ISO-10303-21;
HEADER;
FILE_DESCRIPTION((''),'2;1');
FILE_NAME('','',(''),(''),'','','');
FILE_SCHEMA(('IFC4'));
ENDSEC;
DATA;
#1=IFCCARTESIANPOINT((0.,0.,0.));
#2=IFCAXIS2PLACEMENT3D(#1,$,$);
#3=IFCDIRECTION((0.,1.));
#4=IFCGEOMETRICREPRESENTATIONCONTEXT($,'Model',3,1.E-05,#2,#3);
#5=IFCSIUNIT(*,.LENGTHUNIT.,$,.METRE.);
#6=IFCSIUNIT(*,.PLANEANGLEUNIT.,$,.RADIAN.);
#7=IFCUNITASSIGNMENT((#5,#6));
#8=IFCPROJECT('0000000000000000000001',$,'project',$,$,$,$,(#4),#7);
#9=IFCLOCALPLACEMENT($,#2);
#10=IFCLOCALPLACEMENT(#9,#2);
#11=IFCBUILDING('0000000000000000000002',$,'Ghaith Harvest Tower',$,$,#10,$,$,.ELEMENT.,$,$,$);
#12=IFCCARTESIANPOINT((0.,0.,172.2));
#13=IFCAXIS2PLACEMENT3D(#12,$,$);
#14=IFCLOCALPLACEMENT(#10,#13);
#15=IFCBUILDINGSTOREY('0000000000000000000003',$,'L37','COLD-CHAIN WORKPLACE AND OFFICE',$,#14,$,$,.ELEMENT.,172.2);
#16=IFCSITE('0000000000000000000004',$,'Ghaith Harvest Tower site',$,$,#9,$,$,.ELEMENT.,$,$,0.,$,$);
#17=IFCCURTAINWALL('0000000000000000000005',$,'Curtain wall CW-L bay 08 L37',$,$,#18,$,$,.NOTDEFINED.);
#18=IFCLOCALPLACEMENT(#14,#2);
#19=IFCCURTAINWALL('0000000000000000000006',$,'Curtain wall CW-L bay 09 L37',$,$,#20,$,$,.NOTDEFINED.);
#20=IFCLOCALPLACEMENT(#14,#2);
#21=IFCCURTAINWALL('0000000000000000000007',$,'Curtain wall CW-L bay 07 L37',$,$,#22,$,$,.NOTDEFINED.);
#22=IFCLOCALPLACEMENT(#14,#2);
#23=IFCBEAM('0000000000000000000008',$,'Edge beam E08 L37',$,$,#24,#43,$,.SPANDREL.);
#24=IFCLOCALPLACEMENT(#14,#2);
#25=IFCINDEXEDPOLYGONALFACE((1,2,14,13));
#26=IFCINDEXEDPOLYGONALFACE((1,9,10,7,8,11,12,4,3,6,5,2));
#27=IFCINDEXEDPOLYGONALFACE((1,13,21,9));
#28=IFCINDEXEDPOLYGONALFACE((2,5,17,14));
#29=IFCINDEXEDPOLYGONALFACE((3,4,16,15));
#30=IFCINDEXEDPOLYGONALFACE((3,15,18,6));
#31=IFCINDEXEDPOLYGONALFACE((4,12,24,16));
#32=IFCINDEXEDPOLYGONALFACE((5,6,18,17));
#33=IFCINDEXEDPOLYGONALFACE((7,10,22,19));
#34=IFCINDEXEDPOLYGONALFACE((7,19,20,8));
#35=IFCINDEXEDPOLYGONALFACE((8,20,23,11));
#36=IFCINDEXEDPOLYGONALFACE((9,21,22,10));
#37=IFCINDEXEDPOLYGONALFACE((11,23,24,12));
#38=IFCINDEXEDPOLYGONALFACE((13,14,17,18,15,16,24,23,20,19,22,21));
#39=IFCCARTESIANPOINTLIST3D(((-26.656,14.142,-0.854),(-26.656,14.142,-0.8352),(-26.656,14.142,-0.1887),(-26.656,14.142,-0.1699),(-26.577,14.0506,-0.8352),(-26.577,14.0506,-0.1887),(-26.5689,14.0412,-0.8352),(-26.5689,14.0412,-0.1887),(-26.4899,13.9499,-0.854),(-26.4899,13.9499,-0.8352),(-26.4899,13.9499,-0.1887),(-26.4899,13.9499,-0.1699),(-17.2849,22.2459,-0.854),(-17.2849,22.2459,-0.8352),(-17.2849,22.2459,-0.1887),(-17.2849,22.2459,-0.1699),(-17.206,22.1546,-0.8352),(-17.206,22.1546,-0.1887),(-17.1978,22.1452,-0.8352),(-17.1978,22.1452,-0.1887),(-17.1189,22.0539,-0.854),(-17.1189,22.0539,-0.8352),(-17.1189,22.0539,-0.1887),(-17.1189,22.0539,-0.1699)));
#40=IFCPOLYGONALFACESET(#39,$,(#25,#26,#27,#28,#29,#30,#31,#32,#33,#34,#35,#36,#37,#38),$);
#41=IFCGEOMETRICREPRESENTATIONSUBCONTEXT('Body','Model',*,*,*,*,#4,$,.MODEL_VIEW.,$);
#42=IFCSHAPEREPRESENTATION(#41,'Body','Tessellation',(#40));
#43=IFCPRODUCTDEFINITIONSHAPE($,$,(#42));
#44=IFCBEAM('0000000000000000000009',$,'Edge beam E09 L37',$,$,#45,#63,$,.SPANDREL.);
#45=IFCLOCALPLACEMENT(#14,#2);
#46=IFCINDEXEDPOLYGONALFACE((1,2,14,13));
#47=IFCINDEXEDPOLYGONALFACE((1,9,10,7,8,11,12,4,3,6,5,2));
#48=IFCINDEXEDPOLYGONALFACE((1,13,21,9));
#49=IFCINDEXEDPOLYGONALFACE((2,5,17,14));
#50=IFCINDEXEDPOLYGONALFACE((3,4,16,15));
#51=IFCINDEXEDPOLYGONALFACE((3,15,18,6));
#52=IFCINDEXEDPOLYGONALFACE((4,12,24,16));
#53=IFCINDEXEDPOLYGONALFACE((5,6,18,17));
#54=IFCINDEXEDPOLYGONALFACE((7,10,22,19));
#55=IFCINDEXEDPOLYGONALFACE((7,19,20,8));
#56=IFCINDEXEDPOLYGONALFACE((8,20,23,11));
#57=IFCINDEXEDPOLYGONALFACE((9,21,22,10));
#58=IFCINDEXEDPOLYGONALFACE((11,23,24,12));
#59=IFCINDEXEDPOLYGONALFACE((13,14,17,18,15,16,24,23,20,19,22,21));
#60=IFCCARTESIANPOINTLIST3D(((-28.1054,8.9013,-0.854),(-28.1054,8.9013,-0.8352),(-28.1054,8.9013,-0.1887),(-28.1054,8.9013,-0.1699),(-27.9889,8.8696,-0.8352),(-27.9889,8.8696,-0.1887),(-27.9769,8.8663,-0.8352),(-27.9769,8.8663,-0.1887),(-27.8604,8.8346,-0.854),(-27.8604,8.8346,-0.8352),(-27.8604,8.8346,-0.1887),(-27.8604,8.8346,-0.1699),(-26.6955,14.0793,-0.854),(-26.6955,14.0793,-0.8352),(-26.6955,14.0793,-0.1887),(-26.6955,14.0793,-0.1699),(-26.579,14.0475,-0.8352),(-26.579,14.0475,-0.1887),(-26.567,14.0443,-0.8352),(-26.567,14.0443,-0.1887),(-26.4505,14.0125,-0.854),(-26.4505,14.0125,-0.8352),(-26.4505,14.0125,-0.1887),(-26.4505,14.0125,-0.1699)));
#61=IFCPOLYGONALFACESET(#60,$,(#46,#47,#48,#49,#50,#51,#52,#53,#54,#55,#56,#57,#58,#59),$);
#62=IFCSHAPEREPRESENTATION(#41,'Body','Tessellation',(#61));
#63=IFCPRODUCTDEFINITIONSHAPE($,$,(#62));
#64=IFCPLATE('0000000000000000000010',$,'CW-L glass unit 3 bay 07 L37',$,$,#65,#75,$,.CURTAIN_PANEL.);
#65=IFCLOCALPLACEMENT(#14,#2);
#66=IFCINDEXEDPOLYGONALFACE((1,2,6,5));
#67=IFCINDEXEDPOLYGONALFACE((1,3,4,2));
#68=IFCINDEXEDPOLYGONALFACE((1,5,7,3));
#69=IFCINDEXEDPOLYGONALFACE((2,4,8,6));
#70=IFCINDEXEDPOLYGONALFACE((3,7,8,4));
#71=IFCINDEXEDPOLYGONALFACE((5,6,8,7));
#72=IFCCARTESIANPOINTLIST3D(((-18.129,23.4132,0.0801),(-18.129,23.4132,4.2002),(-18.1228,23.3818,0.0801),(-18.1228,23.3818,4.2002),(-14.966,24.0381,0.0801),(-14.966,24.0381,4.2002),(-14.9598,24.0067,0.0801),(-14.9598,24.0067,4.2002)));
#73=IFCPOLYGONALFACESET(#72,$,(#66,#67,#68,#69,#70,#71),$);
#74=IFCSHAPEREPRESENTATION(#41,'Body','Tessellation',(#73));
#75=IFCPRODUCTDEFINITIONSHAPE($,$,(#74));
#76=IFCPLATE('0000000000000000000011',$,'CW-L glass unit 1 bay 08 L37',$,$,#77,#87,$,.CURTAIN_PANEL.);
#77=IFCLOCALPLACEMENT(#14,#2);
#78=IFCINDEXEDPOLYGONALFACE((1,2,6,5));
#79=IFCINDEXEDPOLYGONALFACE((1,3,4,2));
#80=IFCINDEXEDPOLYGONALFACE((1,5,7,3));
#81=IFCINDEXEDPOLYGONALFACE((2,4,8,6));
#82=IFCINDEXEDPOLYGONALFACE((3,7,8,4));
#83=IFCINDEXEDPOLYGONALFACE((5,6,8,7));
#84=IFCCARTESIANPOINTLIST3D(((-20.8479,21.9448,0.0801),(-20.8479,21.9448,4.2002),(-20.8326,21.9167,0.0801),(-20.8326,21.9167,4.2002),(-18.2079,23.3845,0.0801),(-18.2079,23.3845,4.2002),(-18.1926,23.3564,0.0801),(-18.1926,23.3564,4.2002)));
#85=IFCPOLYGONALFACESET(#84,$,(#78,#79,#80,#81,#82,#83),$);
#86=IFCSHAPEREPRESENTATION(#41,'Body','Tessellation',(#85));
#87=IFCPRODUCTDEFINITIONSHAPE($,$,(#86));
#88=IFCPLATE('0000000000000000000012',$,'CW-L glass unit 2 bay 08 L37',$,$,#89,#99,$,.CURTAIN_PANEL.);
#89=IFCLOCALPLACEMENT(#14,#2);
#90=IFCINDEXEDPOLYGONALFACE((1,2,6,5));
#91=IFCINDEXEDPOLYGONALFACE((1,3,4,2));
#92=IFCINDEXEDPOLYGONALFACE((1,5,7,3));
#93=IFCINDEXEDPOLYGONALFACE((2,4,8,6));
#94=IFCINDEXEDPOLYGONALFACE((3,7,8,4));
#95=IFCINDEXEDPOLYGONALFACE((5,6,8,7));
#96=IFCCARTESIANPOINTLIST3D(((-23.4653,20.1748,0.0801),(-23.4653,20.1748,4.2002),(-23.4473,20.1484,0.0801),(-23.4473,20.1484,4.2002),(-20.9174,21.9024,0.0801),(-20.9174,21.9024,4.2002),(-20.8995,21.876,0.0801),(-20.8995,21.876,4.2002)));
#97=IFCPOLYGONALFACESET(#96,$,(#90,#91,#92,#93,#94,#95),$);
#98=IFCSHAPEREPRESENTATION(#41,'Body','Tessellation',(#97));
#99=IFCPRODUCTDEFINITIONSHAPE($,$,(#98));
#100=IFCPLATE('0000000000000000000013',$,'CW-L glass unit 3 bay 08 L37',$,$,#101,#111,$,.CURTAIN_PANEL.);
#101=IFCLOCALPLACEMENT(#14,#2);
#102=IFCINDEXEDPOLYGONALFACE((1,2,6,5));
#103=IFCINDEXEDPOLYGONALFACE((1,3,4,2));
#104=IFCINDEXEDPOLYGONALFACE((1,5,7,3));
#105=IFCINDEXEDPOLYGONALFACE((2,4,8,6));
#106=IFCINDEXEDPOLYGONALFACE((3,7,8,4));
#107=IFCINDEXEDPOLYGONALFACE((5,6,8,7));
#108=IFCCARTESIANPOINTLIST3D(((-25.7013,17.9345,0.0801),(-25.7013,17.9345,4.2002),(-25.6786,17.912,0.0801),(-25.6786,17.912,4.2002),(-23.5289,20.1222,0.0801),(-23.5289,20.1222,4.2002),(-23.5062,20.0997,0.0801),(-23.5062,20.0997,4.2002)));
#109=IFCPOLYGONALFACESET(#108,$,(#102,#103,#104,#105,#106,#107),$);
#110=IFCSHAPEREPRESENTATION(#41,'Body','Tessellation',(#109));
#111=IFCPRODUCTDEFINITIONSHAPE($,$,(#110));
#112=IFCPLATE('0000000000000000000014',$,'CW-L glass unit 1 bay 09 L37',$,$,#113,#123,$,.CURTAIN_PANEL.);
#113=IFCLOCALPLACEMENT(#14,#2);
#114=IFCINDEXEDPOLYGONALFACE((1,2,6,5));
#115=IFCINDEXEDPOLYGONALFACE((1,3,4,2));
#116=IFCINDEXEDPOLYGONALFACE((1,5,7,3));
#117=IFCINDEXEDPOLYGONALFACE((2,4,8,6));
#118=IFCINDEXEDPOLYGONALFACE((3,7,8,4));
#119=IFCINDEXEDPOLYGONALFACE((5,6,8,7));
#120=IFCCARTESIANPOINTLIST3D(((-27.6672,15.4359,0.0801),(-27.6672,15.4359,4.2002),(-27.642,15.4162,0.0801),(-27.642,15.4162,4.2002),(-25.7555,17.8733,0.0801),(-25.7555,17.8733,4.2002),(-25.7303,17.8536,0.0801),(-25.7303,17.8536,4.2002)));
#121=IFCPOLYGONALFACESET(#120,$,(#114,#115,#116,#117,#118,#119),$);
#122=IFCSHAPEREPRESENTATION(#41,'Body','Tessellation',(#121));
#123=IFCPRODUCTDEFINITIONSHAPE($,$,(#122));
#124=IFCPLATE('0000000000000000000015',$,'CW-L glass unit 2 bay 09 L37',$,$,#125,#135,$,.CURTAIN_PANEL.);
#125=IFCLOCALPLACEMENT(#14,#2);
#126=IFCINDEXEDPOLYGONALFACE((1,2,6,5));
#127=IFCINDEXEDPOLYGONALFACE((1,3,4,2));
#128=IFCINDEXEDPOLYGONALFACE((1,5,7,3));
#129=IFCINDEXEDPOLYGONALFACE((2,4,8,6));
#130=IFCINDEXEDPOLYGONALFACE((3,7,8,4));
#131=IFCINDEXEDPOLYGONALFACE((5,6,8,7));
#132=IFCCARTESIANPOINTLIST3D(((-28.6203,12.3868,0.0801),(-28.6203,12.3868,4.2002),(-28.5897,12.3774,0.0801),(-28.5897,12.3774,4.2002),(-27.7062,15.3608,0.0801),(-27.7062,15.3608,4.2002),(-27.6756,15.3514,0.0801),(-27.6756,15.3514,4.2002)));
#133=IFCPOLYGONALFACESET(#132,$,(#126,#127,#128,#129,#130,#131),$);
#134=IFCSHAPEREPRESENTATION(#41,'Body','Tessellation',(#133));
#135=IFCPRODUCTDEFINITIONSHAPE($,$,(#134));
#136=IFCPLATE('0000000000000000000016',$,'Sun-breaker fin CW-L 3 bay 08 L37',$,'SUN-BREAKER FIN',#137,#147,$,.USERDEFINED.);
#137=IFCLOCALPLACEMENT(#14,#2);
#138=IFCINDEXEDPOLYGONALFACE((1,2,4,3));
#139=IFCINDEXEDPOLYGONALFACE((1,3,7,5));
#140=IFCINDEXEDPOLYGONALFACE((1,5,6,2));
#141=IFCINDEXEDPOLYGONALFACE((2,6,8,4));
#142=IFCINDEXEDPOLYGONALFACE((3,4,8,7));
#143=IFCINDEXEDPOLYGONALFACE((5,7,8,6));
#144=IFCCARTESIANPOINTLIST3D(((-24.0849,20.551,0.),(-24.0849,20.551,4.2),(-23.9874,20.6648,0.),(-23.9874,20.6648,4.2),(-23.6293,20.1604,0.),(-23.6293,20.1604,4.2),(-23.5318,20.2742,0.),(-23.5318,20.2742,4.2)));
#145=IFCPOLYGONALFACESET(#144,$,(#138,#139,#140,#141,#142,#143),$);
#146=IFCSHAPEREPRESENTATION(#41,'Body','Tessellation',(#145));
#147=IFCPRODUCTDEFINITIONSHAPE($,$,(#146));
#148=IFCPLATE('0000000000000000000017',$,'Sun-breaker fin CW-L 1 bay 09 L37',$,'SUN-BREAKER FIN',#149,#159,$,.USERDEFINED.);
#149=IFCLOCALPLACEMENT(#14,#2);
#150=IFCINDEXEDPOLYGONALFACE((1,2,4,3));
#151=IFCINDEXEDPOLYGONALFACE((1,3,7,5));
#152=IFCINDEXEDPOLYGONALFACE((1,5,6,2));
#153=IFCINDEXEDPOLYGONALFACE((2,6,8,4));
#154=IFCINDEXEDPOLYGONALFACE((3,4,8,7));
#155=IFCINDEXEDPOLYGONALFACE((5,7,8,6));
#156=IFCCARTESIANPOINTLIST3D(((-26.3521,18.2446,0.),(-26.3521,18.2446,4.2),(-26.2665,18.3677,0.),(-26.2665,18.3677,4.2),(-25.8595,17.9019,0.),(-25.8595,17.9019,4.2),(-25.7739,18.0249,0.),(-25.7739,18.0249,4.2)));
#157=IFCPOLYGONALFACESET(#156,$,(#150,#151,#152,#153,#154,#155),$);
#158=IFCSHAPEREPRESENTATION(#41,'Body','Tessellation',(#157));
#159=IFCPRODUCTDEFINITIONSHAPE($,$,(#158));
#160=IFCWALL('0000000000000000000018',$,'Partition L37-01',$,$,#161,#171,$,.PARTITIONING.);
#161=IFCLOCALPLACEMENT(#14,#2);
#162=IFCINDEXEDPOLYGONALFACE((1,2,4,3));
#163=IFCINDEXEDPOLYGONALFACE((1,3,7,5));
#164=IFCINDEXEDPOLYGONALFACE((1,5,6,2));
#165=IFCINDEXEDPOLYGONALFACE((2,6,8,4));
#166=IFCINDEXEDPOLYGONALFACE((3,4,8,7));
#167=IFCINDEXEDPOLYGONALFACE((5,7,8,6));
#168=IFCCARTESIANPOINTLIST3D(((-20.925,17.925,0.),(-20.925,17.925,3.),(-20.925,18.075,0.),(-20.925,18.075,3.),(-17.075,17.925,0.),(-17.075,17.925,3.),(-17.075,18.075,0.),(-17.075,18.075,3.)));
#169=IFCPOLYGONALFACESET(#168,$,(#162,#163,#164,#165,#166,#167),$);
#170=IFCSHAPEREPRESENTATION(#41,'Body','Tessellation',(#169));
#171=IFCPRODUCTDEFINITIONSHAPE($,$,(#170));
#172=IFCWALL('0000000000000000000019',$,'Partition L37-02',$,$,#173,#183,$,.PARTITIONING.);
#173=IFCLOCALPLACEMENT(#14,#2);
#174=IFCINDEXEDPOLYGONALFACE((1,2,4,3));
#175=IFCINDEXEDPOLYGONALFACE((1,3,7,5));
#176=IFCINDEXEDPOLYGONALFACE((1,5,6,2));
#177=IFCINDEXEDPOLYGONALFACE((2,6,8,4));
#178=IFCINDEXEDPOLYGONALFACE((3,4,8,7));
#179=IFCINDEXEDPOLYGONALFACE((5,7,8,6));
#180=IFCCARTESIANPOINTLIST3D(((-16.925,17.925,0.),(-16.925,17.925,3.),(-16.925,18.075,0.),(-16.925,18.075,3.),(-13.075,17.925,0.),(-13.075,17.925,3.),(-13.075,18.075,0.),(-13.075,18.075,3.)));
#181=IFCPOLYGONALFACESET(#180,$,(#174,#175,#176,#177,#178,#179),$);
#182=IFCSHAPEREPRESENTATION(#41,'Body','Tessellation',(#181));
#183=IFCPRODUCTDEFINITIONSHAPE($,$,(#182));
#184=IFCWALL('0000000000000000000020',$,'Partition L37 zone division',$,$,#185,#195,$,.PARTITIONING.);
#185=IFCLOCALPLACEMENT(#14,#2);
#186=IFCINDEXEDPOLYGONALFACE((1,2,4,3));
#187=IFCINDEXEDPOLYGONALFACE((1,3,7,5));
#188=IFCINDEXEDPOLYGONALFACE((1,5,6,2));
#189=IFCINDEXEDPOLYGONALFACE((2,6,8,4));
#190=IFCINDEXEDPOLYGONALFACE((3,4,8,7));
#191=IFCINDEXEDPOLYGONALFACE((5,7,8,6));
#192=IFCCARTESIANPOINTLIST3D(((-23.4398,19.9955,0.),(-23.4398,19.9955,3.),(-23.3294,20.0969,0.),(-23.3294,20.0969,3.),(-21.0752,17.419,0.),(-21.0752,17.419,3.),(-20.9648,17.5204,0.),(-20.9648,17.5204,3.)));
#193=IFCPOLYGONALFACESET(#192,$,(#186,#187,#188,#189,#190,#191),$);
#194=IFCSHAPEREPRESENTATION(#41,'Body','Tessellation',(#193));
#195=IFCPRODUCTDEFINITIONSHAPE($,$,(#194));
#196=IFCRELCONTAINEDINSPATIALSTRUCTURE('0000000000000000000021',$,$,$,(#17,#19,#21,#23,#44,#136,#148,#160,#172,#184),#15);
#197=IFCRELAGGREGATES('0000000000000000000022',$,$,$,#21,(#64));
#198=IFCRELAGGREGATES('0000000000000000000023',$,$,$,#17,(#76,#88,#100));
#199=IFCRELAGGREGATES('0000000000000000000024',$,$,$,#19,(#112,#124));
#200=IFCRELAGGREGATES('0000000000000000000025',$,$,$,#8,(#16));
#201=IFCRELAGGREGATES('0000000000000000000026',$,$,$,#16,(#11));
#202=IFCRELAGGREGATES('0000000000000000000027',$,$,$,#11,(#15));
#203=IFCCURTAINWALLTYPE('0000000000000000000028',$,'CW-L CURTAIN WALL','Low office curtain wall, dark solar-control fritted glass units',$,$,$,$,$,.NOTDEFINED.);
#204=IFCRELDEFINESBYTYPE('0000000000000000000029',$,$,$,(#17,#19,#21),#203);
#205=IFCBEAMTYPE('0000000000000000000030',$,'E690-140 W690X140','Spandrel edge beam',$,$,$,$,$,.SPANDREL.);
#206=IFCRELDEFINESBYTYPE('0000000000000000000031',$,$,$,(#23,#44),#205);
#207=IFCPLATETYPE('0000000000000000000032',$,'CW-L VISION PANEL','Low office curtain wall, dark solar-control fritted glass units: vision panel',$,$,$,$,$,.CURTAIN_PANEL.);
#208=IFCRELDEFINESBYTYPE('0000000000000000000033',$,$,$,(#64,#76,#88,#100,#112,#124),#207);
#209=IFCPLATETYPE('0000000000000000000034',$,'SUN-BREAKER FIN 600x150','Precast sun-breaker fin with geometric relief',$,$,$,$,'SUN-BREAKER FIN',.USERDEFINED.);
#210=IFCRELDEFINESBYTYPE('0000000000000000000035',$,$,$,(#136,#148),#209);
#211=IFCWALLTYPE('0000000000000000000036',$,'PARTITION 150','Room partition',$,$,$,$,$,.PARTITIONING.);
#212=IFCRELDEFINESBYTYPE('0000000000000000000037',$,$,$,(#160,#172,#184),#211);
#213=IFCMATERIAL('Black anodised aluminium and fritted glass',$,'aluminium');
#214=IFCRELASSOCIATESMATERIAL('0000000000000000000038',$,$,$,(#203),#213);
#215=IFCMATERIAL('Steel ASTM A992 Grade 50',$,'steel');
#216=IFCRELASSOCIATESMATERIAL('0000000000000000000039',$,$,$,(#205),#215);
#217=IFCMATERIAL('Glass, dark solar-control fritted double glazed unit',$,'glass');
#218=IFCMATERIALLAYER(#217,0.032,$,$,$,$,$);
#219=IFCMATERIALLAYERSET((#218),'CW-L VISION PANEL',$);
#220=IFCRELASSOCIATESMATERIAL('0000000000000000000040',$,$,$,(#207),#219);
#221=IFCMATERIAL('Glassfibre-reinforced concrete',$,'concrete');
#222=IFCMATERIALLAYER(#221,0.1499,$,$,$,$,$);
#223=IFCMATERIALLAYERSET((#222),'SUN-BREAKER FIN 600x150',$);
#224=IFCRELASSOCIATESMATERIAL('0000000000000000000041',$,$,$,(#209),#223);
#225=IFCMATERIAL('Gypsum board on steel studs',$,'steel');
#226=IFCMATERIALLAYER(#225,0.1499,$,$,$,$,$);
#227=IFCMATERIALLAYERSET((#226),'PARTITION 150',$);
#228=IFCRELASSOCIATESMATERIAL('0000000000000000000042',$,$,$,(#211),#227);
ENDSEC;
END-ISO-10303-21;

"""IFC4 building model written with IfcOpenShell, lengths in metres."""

from ifc_helpers import new_model, si_unit, direction, frame, frame_2d, origin, origin_2d, place, context, subcontext, project, spatial, rectangle, i_section, extrude, material, layer, layer_set, material_profile, profile_set, type_object, element, aggregate, save


model = new_model("IFC4")

# Units and contexts
model_context = context("Model", 3, precision=1e-05, world=origin(), true_north=direction((0.0, 1.0)))
body_context = subcontext(model_context, "Body", "Model", "MODEL_VIEW")
ifc_project = project(units=[si_unit("LENGTHUNIT", "METRE"), si_unit("PLANEANGLEUNIT", "RADIAN")], contexts=[model_context])

# Site, building, storey
site_placement = place(None, origin())
site = spatial("IfcSite", under=ifc_project, at=site_placement, Name="Ghaith Harvest Tower site", CompositionType="ELEMENT", RefElevation=0.0)
building_placement = place(site_placement, origin())
building = spatial("IfcBuilding", under=site, at=building_placement, Name="Ghaith Harvest Tower", CompositionType="ELEMENT")
storey_placement = place(building_placement, frame((0.0, 0.0, 172.2)))
storey = spatial("IfcBuildingStorey", under=building, at=storey_placement, Name="L37", Description="COLD-CHAIN WORKPLACE AND OFFICE", CompositionType="ELEMENT", Elevation=172.2)

# Curtain walls
ifc_material_1 = material(Name="Black anodised aluminium and fritted glass", Category="aluminium")
curtain_wall_type = type_object("IfcCurtainWallType", Name="CW-L CURTAIN WALL", Description="Low office curtain wall, dark solar-control fritted glass units", PredefinedType="NOTDEFINED", material=ifc_material_1)
curtain_wall_1_placement = place(storey_placement, origin())
curtain_wall_1 = element("IfcCurtainWall", 1, at=curtain_wall_1_placement, inside=storey, type_object=curtain_wall_type, Name="Curtain wall CW-L bay 08 L37", PredefinedType="NOTDEFINED")
curtain_wall_2_placement = place(storey_placement, origin())
curtain_wall_2 = element("IfcCurtainWall", 2, at=curtain_wall_2_placement, inside=storey, type_object=curtain_wall_type, Name="Curtain wall CW-L bay 09 L37", PredefinedType="NOTDEFINED")

# Curtain wall
curtain_wall_3_placement = place(storey_placement, origin())
curtain_wall_3 = element("IfcCurtainWall", 3, at=curtain_wall_3_placement, inside=storey, type_object=curtain_wall_type, Name="Curtain wall CW-L bay 07 L37", PredefinedType="NOTDEFINED")

# Beams
ifc_material_2 = material(Name="Steel ASTM A992 Grade 50", Category="steel")
ifc_material_profile_1 = material_profile(ifc_material_2, i_section(OverallWidth=0.2539, OverallDepth=0.6841, WebThickness=0.0125, FlangeThickness=0.0188, at=origin_2d()), Name="W690X140")
ifc_profile_set_1 = profile_set([ifc_material_profile_1], Name="Steel ASTM A992 Grade 50")
beam_type = type_object("IfcBeamType", Name="E690-140 W690X140", Description="Spandrel edge beam", PredefinedType="SPANDREL", material=ifc_profile_set_1)
beam_1_placement = place(storey_placement, frame((-17.2019, 22.1499, -0.512), z_axis=(-0.756392, -0.654118, 0.0), x_axis=(0.654118, -0.756392, 0.0)))
element("IfcBeam", 4, at=beam_1_placement, inside=storey, type_object=beam_type, Name="Edge beam E08 L37", PredefinedType="SPANDREL", context=body_context, shape_type="SweptSolid", body=[
    extrude(i_section(OverallWidth=0.2539, OverallDepth=0.6841, WebThickness=0.0125, FlangeThickness=0.0188, at=origin_2d()), origin(), (0.0, 0.0, 1.0), 12.3892),
])
beam_2_placement = place(storey_placement, frame((-26.573, 14.0459, -0.512), z_axis=(-0.262725, -0.964871, 0.0), x_axis=(0.964871, -0.262725, 0.0)))
element("IfcBeam", 5, at=beam_2_placement, inside=storey, type_object=beam_type, Name="Edge beam E09 L37", PredefinedType="SPANDREL", context=body_context, shape_type="SweptSolid", body=[
    extrude(i_section(OverallWidth=0.2539, OverallDepth=0.6841, WebThickness=0.0125, FlangeThickness=0.0188, at=origin_2d()), origin(), (0.0, 0.0, 1.0), 5.3665),
])

# Plates
ifc_material_3 = material(Name="Glass, dark solar-control fritted double glazed unit", Category="glass")
ifc_layer_1 = layer(ifc_material_3, 0.032)
ifc_layer_set_1 = layer_set([ifc_layer_1], Name="CW-L VISION PANEL")
plate_type_1 = type_object("IfcPlateType", Name="CW-L VISION PANEL", Description="Low office curtain wall, dark solar-control fritted glass units: vision panel", PredefinedType="CURTAIN_PANEL", material=ifc_layer_set_1)
plate_1_placement = place(storey_placement, frame((-16.5444, 23.71, 0.0801), z_axis=(0.0, 0.0, 1.0), x_axis=(-0.981038, -0.193818, 0.0)))
plate_1 = element("IfcPlate", 6, at=plate_1_placement, type_object=plate_type_1, Name="CW-L glass unit 3 bay 07 L37", PredefinedType="CURTAIN_PANEL", context=body_context, shape_type="SweptSolid", body=[
    extrude(rectangle(XDim=3.2241, YDim=0.032, at=origin_2d()), origin(), (0.0, 0.0, 1.0), 4.1201),
])
aggregate(curtain_wall_3, [plate_1])
plate_2_placement = place(storey_placement, frame((-19.5203, 22.6506, 0.0801), z_axis=(0.0, 0.0, 1.0), x_axis=(-0.87794, -0.47877, 0.0)))
plate_2 = element("IfcPlate", 7, at=plate_2_placement, type_object=plate_type_1, Name="CW-L glass unit 1 bay 08 L37", PredefinedType="CURTAIN_PANEL", context=body_context, shape_type="SweptSolid", body=[
    extrude(rectangle(XDim=3.0071, YDim=0.032, at=origin_2d()), origin(), (0.0, 0.0, 1.0), 4.1201),
])
plate_3_placement = place(storey_placement, frame((-22.1824, 21.0254, 0.0801), z_axis=(0.0, 0.0, 1.0), x_axis=(-0.827675, -0.561208, 0.0)))
plate_3 = element("IfcPlate", 8, at=plate_3_placement, type_object=plate_type_1, Name="CW-L glass unit 2 bay 08 L37", PredefinedType="CURTAIN_PANEL", context=body_context, shape_type="SweptSolid", body=[
    extrude(rectangle(XDim=3.0784, YDim=0.032, at=origin_2d()), origin(), (0.0, 0.0, 1.0), 4.1201),
])
plate_4_placement = place(storey_placement, frame((-24.6038, 19.0171, 0.0801), z_axis=(0.0, 0.0, 1.0), x_axis=(-0.704614, -0.709591, 0.0)))
plate_4 = element("IfcPlate", 9, at=plate_4_placement, type_object=plate_type_1, Name="CW-L glass unit 3 bay 08 L37", PredefinedType="CURTAIN_PANEL", context=body_context, shape_type="SweptSolid", body=[
    extrude(rectangle(XDim=3.083, YDim=0.032, at=origin_2d()), origin(), (0.0, 0.0, 1.0), 4.1201),
])
aggregate(curtain_wall_1, [plate_2, plate_3, plate_4])
plate_5_placement = place(storey_placement, frame((-26.6987, 16.6448, 0.0801), z_axis=(0.0, 0.0, 1.0), x_axis=(-0.617141, -0.786853, 0.0)))
plate_5 = element("IfcPlate", 10, at=plate_5_placement, type_object=plate_type_1, Name="CW-L glass unit 1 bay 09 L37", PredefinedType="CURTAIN_PANEL", context=body_context, shape_type="SweptSolid", body=[
    extrude(rectangle(XDim=3.0977, YDim=0.032, at=origin_2d()), origin(), (0.0, 0.0, 1.0), 4.1201),
])
plate_6_placement = place(storey_placement, frame((-28.1479, 13.8691, 0.0801), z_axis=(0.0, 0.0, 1.0), x_axis=(-0.293803, -0.955866, 0.0)))
plate_6 = element("IfcPlate", 11, at=plate_6_placement, type_object=plate_type_1, Name="CW-L glass unit 2 bay 09 L37", PredefinedType="CURTAIN_PANEL", context=body_context, shape_type="SweptSolid", body=[
    extrude(rectangle(XDim=3.1113, YDim=0.032, at=origin_2d()), origin(), (0.0, 0.0, 1.0), 4.1201),
])
aggregate(curtain_wall_2, [plate_5, plate_6])

# Plates
ifc_material_4 = material(Name="Glassfibre-reinforced concrete", Category="concrete")
ifc_layer_2 = layer(ifc_material_4, 0.1499)
ifc_layer_set_2 = layer_set([ifc_layer_2], Name="SUN-BREAKER FIN 600x150")
plate_type_2 = type_object("IfcPlateType", Name="SUN-BREAKER FIN 600x150", Description="Precast sun-breaker fin with geometric relief", ElementType="SUN-BREAKER FIN", PredefinedType="USERDEFINED", material=ifc_layer_set_2)
for number, where, z_axis, x_axis, name in (
    (12, (-23.8083, 20.4126, 0.0), (0.0, 0.0, 1.0), (-0.75917, 0.650893, 0.0), "Sun-breaker fin CW-L 3 bay 08 L37"),
    (13, (-26.063, 18.1348, 0.0), (0.0, 0.0, 1.0), (-0.820845, 0.57115, 0.0), "Sun-breaker fin CW-L 1 bay 09 L37"),
):
    element("IfcPlate", number, at=place(storey_placement, frame(where, z_axis=z_axis, x_axis=x_axis)), inside=storey, type_object=plate_type_2, Name=name, ObjectType="SUN-BREAKER FIN", PredefinedType="USERDEFINED", context=body_context, shape_type="SweptSolid", body=[
        extrude(rectangle(XDim=0.6001, YDim=0.1499, at=origin_2d()), origin(), (0.0, 0.0, 1.0), 4.2),
    ])

# Walls
ifc_material_5 = material(Name="Gypsum board on steel studs", Category="steel")
ifc_layer_3 = layer(ifc_material_5, 0.1499)
ifc_layer_set_3 = layer_set([ifc_layer_3], Name="PARTITION 150")
wall_type = type_object("IfcWallType", Name="PARTITION 150", Description="Room partition", PredefinedType="PARTITIONING", material=ifc_layer_set_3)
for number, where, z_axis, x_axis, name in (
    (14, (-20.925, 18.0, 0.0), (0.0, 0.0, 1.0), (1.0, 0.0, 0.0), "Partition L37-01"),
    (15, (-16.925, 18.0, 0.0), (0.0, 0.0, 1.0), (1.0, 0.0, 0.0), "Partition L37-02"),
):
    element("IfcWall", number, at=place(storey_placement, frame(where, z_axis=z_axis, x_axis=x_axis)), inside=storey, type_object=wall_type, Name=name, PredefinedType="PARTITIONING", context=body_context, shape_type="SweptSolid", body=[
        extrude(rectangle(XDim=3.8501, YDim=0.1499, at=frame_2d((1.925, 0.0))), origin(), (0.0, 0.0, 1.0), 3.0),
    ])
wall_placement = place(storey_placement, frame((-21.02, 17.4697, 0.0), z_axis=(0.0, 0.0, 1.0), x_axis=(-0.676158, 0.736757, 0.0)))
element("IfcWall", 16, at=wall_placement, inside=storey, type_object=wall_type, Name="Partition L37 zone division", PredefinedType="PARTITIONING", context=body_context, shape_type="SweptSolid", body=[
    extrude(rectangle(XDim=3.4971, YDim=0.1499, at=frame_2d((1.7485, 0.0))), origin(), (0.0, 0.0, 1.0), 3.0),
])

save(model, "model.ifc")
